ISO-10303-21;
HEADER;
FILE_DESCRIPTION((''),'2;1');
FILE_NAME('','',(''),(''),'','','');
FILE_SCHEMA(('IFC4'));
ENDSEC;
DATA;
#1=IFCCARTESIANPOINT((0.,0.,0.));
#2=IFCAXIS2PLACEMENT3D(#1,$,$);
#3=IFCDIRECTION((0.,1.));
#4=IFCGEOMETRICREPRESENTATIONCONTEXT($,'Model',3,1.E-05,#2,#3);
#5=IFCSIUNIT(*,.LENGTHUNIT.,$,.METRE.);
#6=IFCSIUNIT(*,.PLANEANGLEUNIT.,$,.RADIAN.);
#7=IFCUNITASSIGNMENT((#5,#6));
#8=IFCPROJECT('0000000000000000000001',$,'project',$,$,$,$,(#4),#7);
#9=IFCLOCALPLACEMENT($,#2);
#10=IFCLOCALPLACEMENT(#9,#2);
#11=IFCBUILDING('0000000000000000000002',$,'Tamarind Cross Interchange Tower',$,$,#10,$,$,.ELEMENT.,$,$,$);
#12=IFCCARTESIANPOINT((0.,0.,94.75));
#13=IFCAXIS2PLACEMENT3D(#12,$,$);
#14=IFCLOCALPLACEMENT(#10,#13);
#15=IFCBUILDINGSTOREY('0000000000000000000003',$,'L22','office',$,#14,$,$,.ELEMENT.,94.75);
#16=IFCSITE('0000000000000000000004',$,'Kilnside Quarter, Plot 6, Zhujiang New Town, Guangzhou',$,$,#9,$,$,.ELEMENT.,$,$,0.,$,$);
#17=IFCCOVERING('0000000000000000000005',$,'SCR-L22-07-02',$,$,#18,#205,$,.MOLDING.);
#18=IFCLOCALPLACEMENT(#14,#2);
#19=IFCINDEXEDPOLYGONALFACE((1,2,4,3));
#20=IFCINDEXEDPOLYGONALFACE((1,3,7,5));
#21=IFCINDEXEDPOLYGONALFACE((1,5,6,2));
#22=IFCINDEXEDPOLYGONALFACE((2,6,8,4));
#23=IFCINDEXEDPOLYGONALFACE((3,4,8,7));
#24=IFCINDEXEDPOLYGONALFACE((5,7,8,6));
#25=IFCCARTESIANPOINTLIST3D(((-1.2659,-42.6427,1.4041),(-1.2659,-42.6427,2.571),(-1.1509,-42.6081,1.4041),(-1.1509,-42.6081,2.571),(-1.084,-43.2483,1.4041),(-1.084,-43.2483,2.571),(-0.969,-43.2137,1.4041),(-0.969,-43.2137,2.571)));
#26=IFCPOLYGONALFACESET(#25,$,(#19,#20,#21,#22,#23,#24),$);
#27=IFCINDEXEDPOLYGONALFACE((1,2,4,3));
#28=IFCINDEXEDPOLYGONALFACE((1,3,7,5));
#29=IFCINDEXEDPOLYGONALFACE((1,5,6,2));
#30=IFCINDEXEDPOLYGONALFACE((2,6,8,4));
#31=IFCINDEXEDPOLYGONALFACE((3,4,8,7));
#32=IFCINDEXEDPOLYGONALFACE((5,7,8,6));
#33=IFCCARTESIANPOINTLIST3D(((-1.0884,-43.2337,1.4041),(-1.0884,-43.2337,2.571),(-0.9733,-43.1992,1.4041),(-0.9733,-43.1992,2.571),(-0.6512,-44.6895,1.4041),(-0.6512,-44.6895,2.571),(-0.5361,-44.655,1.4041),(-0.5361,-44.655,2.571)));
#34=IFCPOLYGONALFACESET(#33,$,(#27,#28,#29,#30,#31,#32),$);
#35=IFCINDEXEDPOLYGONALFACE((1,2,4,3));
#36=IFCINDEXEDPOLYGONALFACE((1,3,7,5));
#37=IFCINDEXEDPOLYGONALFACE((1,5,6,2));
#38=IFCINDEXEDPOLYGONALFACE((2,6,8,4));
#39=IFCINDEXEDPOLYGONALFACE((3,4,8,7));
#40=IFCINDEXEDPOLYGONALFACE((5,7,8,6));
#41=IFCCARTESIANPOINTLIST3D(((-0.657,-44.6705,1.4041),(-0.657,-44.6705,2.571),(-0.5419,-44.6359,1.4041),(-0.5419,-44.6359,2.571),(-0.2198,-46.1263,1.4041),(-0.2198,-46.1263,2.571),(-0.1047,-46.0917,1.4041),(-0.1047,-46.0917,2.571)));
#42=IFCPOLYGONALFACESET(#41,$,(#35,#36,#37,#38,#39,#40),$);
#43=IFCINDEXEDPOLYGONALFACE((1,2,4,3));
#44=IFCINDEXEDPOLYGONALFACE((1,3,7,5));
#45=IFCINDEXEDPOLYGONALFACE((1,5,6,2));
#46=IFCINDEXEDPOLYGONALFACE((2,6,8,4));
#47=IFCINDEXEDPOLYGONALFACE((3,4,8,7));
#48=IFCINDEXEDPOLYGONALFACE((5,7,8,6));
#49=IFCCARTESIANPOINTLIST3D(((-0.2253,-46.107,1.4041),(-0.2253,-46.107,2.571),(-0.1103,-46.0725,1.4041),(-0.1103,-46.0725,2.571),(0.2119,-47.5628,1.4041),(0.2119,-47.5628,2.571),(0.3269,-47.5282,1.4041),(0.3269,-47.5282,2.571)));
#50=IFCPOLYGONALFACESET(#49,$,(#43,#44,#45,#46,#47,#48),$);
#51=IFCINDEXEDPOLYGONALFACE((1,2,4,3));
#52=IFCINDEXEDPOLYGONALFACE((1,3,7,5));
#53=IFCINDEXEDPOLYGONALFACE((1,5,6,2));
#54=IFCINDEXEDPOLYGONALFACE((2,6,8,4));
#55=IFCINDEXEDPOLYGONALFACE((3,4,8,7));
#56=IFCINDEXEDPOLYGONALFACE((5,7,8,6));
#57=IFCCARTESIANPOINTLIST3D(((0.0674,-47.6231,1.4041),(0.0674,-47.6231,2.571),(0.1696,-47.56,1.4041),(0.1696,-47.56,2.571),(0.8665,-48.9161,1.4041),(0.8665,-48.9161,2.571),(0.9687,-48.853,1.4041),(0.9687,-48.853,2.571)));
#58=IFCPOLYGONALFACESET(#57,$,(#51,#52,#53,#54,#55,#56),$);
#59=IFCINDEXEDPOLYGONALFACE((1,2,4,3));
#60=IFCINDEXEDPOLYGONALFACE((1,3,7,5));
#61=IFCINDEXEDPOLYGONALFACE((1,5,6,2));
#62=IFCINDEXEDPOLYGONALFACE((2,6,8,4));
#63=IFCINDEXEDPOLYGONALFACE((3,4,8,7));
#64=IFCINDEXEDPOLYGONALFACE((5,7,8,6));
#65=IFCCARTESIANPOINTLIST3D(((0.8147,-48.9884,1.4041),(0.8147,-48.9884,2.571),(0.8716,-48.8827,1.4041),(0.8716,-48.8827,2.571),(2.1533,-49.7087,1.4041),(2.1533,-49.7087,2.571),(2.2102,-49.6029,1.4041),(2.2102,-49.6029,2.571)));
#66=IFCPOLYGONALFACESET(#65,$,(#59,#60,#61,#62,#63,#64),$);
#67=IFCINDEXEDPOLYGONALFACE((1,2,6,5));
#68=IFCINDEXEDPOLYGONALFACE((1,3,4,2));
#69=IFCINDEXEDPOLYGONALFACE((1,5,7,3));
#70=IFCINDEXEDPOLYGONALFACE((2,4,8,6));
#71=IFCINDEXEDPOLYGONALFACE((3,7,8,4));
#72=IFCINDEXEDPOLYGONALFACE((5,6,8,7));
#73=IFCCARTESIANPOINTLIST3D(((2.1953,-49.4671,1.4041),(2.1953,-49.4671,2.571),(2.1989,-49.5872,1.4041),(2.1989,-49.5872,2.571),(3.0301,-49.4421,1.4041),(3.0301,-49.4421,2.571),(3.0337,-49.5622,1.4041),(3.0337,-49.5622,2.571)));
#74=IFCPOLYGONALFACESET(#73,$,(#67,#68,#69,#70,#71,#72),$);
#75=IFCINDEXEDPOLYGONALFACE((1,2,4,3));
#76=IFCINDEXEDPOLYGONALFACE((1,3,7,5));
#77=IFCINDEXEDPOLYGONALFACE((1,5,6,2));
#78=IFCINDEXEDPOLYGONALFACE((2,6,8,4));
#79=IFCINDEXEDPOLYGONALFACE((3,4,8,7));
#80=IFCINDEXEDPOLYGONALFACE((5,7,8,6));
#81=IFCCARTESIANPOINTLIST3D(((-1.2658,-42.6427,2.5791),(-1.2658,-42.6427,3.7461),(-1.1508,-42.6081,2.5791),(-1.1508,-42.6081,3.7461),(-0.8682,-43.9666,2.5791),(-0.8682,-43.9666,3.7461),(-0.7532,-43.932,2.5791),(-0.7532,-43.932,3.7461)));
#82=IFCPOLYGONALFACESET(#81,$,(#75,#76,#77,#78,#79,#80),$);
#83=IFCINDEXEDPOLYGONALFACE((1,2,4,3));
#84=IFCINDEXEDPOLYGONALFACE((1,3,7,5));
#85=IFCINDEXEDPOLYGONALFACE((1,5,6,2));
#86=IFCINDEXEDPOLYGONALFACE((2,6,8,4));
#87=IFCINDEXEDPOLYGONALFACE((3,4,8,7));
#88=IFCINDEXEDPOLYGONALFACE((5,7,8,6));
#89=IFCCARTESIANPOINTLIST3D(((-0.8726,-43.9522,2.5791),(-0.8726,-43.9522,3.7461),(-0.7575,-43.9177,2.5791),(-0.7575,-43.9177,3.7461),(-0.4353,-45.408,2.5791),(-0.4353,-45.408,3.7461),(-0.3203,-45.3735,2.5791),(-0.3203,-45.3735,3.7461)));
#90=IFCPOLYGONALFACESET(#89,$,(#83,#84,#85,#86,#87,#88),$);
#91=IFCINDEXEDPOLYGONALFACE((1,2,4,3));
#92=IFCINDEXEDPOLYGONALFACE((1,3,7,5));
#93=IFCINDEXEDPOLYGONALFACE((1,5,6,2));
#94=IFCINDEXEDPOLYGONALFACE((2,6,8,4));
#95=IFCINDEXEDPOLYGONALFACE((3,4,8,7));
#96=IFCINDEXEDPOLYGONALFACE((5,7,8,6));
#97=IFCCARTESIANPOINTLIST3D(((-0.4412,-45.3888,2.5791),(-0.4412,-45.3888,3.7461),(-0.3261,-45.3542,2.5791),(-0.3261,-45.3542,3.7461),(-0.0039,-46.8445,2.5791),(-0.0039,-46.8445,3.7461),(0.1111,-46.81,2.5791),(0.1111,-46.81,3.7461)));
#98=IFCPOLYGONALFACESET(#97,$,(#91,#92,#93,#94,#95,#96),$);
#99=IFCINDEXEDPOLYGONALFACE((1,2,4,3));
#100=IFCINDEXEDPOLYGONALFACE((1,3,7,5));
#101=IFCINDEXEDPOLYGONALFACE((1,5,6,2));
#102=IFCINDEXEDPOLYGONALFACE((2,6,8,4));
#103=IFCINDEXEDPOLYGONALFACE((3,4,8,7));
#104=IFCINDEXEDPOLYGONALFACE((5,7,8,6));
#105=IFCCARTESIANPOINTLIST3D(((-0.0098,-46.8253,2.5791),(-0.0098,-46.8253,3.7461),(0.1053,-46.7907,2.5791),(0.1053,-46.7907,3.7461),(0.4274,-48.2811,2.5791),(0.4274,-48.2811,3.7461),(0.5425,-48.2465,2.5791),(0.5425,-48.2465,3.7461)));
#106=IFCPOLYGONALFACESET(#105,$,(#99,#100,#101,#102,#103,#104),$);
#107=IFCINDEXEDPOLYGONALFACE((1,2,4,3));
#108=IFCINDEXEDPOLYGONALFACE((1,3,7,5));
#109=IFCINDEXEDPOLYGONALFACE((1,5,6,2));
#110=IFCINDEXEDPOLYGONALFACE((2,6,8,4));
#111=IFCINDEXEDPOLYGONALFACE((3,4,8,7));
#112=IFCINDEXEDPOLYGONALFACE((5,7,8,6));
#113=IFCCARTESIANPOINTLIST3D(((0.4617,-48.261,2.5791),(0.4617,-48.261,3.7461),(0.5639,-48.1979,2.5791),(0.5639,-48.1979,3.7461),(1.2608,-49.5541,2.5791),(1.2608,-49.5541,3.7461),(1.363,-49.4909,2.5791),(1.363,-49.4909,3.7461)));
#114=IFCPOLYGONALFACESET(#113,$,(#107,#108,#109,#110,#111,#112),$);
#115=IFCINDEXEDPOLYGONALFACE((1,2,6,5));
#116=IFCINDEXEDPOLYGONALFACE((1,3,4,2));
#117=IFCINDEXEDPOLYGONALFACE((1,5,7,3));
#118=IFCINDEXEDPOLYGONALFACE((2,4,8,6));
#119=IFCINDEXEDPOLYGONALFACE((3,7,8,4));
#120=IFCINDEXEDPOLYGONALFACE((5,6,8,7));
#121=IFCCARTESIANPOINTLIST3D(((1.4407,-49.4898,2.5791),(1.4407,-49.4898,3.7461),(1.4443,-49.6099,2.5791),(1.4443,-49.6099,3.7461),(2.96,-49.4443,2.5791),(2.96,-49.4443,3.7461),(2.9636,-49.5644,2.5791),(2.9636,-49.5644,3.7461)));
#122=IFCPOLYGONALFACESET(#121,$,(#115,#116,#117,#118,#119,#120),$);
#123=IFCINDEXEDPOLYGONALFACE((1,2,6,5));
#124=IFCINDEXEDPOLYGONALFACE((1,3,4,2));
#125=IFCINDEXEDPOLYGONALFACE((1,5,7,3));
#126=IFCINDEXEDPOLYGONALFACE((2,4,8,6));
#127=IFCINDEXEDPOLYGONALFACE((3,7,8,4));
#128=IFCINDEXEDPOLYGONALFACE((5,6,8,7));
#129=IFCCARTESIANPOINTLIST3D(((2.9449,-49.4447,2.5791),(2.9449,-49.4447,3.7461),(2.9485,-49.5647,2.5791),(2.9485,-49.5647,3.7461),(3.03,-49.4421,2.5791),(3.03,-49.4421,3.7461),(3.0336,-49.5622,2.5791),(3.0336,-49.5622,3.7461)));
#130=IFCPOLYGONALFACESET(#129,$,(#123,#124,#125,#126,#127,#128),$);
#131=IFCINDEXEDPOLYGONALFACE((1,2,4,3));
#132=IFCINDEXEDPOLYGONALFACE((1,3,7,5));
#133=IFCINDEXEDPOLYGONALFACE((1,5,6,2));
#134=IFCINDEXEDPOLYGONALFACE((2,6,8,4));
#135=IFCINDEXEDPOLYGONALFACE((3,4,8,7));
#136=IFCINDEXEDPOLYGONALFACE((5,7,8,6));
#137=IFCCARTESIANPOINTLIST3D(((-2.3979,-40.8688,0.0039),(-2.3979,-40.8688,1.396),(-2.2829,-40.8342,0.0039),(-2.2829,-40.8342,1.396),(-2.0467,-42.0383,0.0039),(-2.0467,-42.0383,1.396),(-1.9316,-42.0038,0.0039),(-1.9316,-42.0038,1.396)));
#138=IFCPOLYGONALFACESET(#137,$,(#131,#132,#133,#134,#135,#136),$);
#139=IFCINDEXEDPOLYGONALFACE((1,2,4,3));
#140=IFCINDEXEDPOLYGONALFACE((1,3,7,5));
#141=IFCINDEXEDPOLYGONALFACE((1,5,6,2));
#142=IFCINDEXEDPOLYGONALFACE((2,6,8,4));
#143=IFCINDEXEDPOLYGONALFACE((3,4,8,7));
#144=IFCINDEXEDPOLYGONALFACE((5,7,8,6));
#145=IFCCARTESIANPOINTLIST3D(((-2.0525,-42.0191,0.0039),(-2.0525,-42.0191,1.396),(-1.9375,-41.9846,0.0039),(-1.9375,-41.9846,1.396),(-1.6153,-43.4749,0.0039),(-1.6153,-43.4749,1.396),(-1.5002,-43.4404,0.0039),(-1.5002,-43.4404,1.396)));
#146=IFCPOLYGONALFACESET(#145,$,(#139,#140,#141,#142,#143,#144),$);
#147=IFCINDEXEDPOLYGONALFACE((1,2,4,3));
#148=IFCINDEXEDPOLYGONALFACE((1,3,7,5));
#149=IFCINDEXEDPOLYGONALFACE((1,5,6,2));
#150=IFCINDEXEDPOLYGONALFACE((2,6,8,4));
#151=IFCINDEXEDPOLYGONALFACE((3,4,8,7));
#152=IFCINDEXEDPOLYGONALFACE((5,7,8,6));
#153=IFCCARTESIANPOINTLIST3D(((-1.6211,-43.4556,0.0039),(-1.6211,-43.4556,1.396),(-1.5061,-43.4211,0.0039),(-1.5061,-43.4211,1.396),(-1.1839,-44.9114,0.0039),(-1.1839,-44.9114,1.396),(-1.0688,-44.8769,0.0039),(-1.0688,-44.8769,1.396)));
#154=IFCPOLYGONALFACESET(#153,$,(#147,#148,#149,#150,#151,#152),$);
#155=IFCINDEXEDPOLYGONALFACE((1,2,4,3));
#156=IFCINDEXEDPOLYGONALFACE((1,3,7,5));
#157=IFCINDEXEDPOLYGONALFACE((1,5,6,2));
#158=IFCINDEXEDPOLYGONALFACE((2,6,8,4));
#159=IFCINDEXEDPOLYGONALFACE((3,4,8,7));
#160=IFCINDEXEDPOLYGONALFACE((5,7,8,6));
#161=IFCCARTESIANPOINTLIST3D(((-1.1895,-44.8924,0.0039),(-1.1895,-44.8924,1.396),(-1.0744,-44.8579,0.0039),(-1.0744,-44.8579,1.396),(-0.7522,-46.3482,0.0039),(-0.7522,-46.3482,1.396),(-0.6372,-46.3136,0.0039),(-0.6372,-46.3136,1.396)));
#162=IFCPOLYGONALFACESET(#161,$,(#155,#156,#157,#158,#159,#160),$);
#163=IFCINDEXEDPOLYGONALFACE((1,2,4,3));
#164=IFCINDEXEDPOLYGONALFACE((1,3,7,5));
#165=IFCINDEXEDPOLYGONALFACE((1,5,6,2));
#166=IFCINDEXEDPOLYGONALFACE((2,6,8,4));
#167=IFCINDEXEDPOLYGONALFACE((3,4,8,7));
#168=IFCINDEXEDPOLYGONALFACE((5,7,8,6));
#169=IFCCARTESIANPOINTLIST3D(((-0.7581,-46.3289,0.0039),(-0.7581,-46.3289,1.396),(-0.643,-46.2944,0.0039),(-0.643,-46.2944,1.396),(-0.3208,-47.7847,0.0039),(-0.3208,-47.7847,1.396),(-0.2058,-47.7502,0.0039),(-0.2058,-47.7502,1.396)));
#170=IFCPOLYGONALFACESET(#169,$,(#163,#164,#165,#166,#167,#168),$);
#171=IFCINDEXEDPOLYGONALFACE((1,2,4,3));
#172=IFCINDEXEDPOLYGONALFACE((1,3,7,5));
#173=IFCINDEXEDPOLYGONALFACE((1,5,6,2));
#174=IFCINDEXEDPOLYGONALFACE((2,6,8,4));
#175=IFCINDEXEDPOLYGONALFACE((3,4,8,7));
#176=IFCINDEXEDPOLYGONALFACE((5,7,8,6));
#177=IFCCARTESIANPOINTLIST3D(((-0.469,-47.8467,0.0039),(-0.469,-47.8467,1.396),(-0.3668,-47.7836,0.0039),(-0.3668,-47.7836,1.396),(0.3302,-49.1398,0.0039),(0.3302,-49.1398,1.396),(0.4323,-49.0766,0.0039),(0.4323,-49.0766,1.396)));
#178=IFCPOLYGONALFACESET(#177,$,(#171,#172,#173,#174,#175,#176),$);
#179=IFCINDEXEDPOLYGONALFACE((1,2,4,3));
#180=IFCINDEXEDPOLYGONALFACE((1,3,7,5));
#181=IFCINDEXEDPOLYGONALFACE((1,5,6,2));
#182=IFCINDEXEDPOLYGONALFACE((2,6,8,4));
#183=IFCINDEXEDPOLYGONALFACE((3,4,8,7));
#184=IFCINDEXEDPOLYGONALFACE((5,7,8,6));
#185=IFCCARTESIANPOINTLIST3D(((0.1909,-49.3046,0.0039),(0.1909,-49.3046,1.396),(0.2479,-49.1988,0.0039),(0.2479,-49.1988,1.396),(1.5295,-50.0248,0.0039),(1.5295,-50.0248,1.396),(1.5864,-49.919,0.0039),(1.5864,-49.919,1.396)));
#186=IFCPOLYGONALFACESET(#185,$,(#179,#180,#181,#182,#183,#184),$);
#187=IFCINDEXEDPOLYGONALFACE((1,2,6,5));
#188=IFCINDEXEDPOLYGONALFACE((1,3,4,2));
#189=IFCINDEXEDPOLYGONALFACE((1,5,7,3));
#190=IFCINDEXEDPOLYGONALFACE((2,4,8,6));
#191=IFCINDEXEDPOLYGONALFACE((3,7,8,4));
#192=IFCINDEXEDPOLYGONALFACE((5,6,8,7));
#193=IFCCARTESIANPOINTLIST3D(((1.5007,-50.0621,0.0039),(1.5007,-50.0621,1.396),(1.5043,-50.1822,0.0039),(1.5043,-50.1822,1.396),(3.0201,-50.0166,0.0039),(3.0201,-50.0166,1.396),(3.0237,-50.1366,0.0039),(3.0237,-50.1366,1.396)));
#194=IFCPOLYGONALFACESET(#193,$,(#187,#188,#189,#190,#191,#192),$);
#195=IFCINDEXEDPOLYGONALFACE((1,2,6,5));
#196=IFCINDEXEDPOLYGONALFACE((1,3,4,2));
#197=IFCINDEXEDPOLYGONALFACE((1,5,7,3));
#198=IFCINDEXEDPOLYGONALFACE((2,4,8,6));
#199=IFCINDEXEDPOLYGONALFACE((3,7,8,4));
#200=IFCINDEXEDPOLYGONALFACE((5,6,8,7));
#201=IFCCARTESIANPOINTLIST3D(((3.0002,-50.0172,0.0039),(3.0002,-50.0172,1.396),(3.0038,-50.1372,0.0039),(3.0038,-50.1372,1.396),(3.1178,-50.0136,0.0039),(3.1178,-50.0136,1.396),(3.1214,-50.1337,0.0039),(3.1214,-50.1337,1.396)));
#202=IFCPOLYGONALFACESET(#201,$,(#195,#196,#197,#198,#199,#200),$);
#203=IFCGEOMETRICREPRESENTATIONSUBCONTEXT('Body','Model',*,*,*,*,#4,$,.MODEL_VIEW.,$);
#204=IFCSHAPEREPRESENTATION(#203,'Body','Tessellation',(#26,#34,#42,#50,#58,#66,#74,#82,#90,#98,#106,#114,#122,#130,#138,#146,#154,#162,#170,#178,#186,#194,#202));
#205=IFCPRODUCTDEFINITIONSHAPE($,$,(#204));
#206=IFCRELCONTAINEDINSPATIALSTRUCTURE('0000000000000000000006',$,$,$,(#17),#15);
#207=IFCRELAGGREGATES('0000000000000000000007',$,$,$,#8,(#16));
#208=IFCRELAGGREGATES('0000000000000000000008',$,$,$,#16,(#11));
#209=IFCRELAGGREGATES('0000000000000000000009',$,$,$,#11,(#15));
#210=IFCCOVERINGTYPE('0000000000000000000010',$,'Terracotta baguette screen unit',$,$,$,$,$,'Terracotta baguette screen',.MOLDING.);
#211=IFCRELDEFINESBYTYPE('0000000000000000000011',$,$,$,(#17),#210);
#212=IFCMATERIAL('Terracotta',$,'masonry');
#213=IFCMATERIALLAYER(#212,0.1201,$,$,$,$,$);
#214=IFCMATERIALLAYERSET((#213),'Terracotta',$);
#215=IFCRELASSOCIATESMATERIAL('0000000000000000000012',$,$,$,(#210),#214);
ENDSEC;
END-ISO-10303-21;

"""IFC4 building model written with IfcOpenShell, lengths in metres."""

from ifc_helpers import new_model, si_unit, direction, frame, origin, origin_2d, place, context, subcontext, project, spatial, rectangle, extrude, material, layer, layer_set, type_object, element, save


model = new_model("IFC4")

# Units and contexts
model_context = context("Model", 3, precision=1e-05, world=origin(), true_north=direction((0.0, 1.0)))
body_context = subcontext(model_context, "Body", "Model", "MODEL_VIEW")
ifc_project = project(units=[si_unit("LENGTHUNIT", "METRE"), si_unit("PLANEANGLEUNIT", "RADIAN")], contexts=[model_context])

# Site, building, storey
site_placement = place(None, origin())
site = spatial("IfcSite", under=ifc_project, at=site_placement, Name="Kilnside Quarter, Plot 6, Zhujiang New Town, Guangzhou", CompositionType="ELEMENT", RefElevation=0.0)
building_placement = place(site_placement, origin())
building = spatial("IfcBuilding", under=site, at=building_placement, Name="Tamarind Cross Interchange Tower", CompositionType="ELEMENT")
storey_placement = place(building_placement, frame((0.0, 0.0, 94.75)))
storey = spatial("IfcBuildingStorey", under=building, at=storey_placement, Name="L22", Description="office", CompositionType="ELEMENT", Elevation=94.75)

# Covering
ifc_material_1 = material(Name="Terracotta", Category="masonry")
ifc_layer_1 = layer(ifc_material_1, 0.1201)
ifc_layer_set_1 = layer_set([ifc_layer_1], Name="Terracotta")
covering_type = type_object("IfcCoveringType", Name="Terracotta baguette screen unit", ElementType="Terracotta baguette screen", PredefinedType="MOLDING", material=ifc_layer_set_1)
covering_1_placement = place(storey_placement, origin())
element("IfcCovering", 1, at=covering_1_placement, inside=storey, type_object=covering_type, Name="SCR-L22-07-02", PredefinedType="MOLDING", context=body_context, shape_type="SweptSolid", body=[
    extrude(rectangle(XDim=0.6323, YDim=0.1201, at=origin_2d()), frame((-1.1174, -42.9282, 1.4041), z_axis=(0.0, 0.0, 1.0), x_axis=(0.287641, -0.957738, 0.0)), (0.0, 0.0, 1.0), 1.167),
    extrude(rectangle(XDim=1.52, YDim=0.1201, at=origin_2d()), frame((-0.8123, -43.9443, 1.4041), z_axis=(0.0, 0.0, 1.0), x_axis=(0.287641, -0.957738, 0.0)), (0.0, 0.0, 1.0), 1.167),
    extrude(rectangle(XDim=1.52, YDim=0.1201, at=origin_2d()), frame((-0.3809, -45.3811, 1.4041), z_axis=(0.0, 0.0, 1.0), x_axis=(0.287641, -0.957738, 0.0)), (0.0, 0.0, 1.0), 1.167),
    extrude(rectangle(XDim=1.52, YDim=0.1201, at=origin_2d()), frame((0.0508, -46.8176, 1.4041), z_axis=(0.0, 0.0, 1.0), x_axis=(0.287641, -0.957738, 0.0)), (0.0, 0.0, 1.0), 1.167),
    extrude(rectangle(XDim=1.52, YDim=0.1201, at=origin_2d()), frame((0.5181, -48.238, 1.4041), z_axis=(0.0, 0.0, 1.0), x_axis=(0.525721, -0.850657, 0.0)), (0.0, 0.0, 1.0), 1.167),
    extrude(rectangle(XDim=1.52, YDim=0.1201, at=origin_2d()), frame((1.5125, -49.2957, 1.4041), z_axis=(0.0, 0.0, 1.0), x_axis=(0.880616, -0.47383, 0.0)), (0.0, 0.0, 1.0), 1.167),
    extrude(rectangle(XDim=0.8352, YDim=0.1201, at=origin_2d()), frame((2.6145, -49.5146, 1.4041), z_axis=(0.0, 0.0, 1.0), x_axis=(0.999551, 0.029959, 0.0)), (0.0, 0.0, 1.0), 1.167),
    extrude(rectangle(XDim=1.3823, YDim=0.1201, at=origin_2d()), frame((-1.0095, -43.2874, 2.5791), z_axis=(0.0, 0.0, 1.0), x_axis=(0.287641, -0.957738, 0.0)), (0.0, 0.0, 1.0), 1.167),
    extrude(rectangle(XDim=1.52, YDim=0.1201, at=origin_2d()), frame((-0.5964, -44.6628, 2.5791), z_axis=(0.0, 0.0, 1.0), x_axis=(0.287641, -0.957738, 0.0)), (0.0, 0.0, 1.0), 1.167),
    extrude(rectangle(XDim=1.52, YDim=0.1201, at=origin_2d()), frame((-0.165, -46.0994, 2.5791), z_axis=(0.0, 0.0, 1.0), x_axis=(0.287641, -0.957738, 0.0)), (0.0, 0.0, 1.0), 1.167),
    extrude(rectangle(XDim=1.52, YDim=0.1201, at=origin_2d()), frame((0.2664, -47.5359, 2.5791), z_axis=(0.0, 0.0, 1.0), x_axis=(0.287641, -0.957738, 0.0)), (0.0, 0.0, 1.0), 1.167),
    extrude(rectangle(XDim=1.52, YDim=0.1201, at=origin_2d()), frame((0.9124, -48.876, 2.5791), z_axis=(0.0, 0.0, 1.0), x_axis=(0.525721, -0.850657, 0.0)), (0.0, 0.0, 1.0), 1.167),
    extrude(rectangle(XDim=1.52, YDim=0.1201, at=origin_2d()), frame((2.2021, -49.5271, 2.5791), z_axis=(0.0, 0.0, 1.0), x_axis=(0.999551, 0.029959, 0.0)), (0.0, 0.0, 1.0), 1.167),
    extrude(rectangle(XDim=0.0852, YDim=0.1201, at=origin_2d()), frame((2.9893, -49.5034, 2.5791), z_axis=(0.0, 0.0, 1.0), x_axis=(0.999551, 0.029959, 0.0)), (0.0, 0.0, 1.0), 1.167),
    extrude(rectangle(XDim=1.2212, YDim=0.1201, at=origin_2d()), frame((-2.1648, -41.4363, 0.0039), z_axis=(0.0, 0.0, 1.0), x_axis=(0.287641, -0.957738, 0.0)), (0.0, 0.0, 1.0), 1.3921),
    extrude(rectangle(XDim=1.52, YDim=0.1201, at=origin_2d()), frame((-1.7764, -42.7297, 0.0039), z_axis=(0.0, 0.0, 1.0), x_axis=(0.287641, -0.957738, 0.0)), (0.0, 0.0, 1.0), 1.3921),
    extrude(rectangle(XDim=1.52, YDim=0.1201, at=origin_2d()), frame((-1.345, -44.1663, 0.0039), z_axis=(0.0, 0.0, 1.0), x_axis=(0.287641, -0.957738, 0.0)), (0.0, 0.0, 1.0), 1.3921),
    extrude(rectangle(XDim=1.52, YDim=0.1201, at=origin_2d()), frame((-0.9133, -45.603, 0.0039), z_axis=(0.0, 0.0, 1.0), x_axis=(0.287641, -0.957738, 0.0)), (0.0, 0.0, 1.0), 1.3921),
    extrude(rectangle(XDim=1.52, YDim=0.1201, at=origin_2d()), frame((-0.4819, -47.0396, 0.0039), z_axis=(0.0, 0.0, 1.0), x_axis=(0.287641, -0.957738, 0.0)), (0.0, 0.0, 1.0), 1.3921),
    extrude(rectangle(XDim=1.52, YDim=0.1201, at=origin_2d()), frame((-0.0183, -48.4617, 0.0039), z_axis=(0.0, 0.0, 1.0), x_axis=(0.525721, -0.850657, 0.0)), (0.0, 0.0, 1.0), 1.3921),
    extrude(rectangle(XDim=1.52, YDim=0.1201, at=origin_2d()), frame((0.8887, -49.6118, 0.0039), z_axis=(0.0, 0.0, 1.0), x_axis=(0.880616, -0.47383, 0.0)), (0.0, 0.0, 1.0), 1.3921),
    extrude(rectangle(XDim=1.52, YDim=0.1201, at=origin_2d()), frame((2.2622, -50.0994, 0.0039), z_axis=(0.0, 0.0, 1.0), x_axis=(0.999551, 0.029959, 0.0)), (0.0, 0.0, 1.0), 1.3921),
    extrude(rectangle(XDim=0.1177, YDim=0.1201, at=origin_2d()), frame((3.0608, -50.0754, 0.0039), z_axis=(0.0, 0.0, 1.0), x_axis=(0.999551, 0.029959, 0.0)), (0.0, 0.0, 1.0), 1.3921),
])

save(model, "model.ifc")
